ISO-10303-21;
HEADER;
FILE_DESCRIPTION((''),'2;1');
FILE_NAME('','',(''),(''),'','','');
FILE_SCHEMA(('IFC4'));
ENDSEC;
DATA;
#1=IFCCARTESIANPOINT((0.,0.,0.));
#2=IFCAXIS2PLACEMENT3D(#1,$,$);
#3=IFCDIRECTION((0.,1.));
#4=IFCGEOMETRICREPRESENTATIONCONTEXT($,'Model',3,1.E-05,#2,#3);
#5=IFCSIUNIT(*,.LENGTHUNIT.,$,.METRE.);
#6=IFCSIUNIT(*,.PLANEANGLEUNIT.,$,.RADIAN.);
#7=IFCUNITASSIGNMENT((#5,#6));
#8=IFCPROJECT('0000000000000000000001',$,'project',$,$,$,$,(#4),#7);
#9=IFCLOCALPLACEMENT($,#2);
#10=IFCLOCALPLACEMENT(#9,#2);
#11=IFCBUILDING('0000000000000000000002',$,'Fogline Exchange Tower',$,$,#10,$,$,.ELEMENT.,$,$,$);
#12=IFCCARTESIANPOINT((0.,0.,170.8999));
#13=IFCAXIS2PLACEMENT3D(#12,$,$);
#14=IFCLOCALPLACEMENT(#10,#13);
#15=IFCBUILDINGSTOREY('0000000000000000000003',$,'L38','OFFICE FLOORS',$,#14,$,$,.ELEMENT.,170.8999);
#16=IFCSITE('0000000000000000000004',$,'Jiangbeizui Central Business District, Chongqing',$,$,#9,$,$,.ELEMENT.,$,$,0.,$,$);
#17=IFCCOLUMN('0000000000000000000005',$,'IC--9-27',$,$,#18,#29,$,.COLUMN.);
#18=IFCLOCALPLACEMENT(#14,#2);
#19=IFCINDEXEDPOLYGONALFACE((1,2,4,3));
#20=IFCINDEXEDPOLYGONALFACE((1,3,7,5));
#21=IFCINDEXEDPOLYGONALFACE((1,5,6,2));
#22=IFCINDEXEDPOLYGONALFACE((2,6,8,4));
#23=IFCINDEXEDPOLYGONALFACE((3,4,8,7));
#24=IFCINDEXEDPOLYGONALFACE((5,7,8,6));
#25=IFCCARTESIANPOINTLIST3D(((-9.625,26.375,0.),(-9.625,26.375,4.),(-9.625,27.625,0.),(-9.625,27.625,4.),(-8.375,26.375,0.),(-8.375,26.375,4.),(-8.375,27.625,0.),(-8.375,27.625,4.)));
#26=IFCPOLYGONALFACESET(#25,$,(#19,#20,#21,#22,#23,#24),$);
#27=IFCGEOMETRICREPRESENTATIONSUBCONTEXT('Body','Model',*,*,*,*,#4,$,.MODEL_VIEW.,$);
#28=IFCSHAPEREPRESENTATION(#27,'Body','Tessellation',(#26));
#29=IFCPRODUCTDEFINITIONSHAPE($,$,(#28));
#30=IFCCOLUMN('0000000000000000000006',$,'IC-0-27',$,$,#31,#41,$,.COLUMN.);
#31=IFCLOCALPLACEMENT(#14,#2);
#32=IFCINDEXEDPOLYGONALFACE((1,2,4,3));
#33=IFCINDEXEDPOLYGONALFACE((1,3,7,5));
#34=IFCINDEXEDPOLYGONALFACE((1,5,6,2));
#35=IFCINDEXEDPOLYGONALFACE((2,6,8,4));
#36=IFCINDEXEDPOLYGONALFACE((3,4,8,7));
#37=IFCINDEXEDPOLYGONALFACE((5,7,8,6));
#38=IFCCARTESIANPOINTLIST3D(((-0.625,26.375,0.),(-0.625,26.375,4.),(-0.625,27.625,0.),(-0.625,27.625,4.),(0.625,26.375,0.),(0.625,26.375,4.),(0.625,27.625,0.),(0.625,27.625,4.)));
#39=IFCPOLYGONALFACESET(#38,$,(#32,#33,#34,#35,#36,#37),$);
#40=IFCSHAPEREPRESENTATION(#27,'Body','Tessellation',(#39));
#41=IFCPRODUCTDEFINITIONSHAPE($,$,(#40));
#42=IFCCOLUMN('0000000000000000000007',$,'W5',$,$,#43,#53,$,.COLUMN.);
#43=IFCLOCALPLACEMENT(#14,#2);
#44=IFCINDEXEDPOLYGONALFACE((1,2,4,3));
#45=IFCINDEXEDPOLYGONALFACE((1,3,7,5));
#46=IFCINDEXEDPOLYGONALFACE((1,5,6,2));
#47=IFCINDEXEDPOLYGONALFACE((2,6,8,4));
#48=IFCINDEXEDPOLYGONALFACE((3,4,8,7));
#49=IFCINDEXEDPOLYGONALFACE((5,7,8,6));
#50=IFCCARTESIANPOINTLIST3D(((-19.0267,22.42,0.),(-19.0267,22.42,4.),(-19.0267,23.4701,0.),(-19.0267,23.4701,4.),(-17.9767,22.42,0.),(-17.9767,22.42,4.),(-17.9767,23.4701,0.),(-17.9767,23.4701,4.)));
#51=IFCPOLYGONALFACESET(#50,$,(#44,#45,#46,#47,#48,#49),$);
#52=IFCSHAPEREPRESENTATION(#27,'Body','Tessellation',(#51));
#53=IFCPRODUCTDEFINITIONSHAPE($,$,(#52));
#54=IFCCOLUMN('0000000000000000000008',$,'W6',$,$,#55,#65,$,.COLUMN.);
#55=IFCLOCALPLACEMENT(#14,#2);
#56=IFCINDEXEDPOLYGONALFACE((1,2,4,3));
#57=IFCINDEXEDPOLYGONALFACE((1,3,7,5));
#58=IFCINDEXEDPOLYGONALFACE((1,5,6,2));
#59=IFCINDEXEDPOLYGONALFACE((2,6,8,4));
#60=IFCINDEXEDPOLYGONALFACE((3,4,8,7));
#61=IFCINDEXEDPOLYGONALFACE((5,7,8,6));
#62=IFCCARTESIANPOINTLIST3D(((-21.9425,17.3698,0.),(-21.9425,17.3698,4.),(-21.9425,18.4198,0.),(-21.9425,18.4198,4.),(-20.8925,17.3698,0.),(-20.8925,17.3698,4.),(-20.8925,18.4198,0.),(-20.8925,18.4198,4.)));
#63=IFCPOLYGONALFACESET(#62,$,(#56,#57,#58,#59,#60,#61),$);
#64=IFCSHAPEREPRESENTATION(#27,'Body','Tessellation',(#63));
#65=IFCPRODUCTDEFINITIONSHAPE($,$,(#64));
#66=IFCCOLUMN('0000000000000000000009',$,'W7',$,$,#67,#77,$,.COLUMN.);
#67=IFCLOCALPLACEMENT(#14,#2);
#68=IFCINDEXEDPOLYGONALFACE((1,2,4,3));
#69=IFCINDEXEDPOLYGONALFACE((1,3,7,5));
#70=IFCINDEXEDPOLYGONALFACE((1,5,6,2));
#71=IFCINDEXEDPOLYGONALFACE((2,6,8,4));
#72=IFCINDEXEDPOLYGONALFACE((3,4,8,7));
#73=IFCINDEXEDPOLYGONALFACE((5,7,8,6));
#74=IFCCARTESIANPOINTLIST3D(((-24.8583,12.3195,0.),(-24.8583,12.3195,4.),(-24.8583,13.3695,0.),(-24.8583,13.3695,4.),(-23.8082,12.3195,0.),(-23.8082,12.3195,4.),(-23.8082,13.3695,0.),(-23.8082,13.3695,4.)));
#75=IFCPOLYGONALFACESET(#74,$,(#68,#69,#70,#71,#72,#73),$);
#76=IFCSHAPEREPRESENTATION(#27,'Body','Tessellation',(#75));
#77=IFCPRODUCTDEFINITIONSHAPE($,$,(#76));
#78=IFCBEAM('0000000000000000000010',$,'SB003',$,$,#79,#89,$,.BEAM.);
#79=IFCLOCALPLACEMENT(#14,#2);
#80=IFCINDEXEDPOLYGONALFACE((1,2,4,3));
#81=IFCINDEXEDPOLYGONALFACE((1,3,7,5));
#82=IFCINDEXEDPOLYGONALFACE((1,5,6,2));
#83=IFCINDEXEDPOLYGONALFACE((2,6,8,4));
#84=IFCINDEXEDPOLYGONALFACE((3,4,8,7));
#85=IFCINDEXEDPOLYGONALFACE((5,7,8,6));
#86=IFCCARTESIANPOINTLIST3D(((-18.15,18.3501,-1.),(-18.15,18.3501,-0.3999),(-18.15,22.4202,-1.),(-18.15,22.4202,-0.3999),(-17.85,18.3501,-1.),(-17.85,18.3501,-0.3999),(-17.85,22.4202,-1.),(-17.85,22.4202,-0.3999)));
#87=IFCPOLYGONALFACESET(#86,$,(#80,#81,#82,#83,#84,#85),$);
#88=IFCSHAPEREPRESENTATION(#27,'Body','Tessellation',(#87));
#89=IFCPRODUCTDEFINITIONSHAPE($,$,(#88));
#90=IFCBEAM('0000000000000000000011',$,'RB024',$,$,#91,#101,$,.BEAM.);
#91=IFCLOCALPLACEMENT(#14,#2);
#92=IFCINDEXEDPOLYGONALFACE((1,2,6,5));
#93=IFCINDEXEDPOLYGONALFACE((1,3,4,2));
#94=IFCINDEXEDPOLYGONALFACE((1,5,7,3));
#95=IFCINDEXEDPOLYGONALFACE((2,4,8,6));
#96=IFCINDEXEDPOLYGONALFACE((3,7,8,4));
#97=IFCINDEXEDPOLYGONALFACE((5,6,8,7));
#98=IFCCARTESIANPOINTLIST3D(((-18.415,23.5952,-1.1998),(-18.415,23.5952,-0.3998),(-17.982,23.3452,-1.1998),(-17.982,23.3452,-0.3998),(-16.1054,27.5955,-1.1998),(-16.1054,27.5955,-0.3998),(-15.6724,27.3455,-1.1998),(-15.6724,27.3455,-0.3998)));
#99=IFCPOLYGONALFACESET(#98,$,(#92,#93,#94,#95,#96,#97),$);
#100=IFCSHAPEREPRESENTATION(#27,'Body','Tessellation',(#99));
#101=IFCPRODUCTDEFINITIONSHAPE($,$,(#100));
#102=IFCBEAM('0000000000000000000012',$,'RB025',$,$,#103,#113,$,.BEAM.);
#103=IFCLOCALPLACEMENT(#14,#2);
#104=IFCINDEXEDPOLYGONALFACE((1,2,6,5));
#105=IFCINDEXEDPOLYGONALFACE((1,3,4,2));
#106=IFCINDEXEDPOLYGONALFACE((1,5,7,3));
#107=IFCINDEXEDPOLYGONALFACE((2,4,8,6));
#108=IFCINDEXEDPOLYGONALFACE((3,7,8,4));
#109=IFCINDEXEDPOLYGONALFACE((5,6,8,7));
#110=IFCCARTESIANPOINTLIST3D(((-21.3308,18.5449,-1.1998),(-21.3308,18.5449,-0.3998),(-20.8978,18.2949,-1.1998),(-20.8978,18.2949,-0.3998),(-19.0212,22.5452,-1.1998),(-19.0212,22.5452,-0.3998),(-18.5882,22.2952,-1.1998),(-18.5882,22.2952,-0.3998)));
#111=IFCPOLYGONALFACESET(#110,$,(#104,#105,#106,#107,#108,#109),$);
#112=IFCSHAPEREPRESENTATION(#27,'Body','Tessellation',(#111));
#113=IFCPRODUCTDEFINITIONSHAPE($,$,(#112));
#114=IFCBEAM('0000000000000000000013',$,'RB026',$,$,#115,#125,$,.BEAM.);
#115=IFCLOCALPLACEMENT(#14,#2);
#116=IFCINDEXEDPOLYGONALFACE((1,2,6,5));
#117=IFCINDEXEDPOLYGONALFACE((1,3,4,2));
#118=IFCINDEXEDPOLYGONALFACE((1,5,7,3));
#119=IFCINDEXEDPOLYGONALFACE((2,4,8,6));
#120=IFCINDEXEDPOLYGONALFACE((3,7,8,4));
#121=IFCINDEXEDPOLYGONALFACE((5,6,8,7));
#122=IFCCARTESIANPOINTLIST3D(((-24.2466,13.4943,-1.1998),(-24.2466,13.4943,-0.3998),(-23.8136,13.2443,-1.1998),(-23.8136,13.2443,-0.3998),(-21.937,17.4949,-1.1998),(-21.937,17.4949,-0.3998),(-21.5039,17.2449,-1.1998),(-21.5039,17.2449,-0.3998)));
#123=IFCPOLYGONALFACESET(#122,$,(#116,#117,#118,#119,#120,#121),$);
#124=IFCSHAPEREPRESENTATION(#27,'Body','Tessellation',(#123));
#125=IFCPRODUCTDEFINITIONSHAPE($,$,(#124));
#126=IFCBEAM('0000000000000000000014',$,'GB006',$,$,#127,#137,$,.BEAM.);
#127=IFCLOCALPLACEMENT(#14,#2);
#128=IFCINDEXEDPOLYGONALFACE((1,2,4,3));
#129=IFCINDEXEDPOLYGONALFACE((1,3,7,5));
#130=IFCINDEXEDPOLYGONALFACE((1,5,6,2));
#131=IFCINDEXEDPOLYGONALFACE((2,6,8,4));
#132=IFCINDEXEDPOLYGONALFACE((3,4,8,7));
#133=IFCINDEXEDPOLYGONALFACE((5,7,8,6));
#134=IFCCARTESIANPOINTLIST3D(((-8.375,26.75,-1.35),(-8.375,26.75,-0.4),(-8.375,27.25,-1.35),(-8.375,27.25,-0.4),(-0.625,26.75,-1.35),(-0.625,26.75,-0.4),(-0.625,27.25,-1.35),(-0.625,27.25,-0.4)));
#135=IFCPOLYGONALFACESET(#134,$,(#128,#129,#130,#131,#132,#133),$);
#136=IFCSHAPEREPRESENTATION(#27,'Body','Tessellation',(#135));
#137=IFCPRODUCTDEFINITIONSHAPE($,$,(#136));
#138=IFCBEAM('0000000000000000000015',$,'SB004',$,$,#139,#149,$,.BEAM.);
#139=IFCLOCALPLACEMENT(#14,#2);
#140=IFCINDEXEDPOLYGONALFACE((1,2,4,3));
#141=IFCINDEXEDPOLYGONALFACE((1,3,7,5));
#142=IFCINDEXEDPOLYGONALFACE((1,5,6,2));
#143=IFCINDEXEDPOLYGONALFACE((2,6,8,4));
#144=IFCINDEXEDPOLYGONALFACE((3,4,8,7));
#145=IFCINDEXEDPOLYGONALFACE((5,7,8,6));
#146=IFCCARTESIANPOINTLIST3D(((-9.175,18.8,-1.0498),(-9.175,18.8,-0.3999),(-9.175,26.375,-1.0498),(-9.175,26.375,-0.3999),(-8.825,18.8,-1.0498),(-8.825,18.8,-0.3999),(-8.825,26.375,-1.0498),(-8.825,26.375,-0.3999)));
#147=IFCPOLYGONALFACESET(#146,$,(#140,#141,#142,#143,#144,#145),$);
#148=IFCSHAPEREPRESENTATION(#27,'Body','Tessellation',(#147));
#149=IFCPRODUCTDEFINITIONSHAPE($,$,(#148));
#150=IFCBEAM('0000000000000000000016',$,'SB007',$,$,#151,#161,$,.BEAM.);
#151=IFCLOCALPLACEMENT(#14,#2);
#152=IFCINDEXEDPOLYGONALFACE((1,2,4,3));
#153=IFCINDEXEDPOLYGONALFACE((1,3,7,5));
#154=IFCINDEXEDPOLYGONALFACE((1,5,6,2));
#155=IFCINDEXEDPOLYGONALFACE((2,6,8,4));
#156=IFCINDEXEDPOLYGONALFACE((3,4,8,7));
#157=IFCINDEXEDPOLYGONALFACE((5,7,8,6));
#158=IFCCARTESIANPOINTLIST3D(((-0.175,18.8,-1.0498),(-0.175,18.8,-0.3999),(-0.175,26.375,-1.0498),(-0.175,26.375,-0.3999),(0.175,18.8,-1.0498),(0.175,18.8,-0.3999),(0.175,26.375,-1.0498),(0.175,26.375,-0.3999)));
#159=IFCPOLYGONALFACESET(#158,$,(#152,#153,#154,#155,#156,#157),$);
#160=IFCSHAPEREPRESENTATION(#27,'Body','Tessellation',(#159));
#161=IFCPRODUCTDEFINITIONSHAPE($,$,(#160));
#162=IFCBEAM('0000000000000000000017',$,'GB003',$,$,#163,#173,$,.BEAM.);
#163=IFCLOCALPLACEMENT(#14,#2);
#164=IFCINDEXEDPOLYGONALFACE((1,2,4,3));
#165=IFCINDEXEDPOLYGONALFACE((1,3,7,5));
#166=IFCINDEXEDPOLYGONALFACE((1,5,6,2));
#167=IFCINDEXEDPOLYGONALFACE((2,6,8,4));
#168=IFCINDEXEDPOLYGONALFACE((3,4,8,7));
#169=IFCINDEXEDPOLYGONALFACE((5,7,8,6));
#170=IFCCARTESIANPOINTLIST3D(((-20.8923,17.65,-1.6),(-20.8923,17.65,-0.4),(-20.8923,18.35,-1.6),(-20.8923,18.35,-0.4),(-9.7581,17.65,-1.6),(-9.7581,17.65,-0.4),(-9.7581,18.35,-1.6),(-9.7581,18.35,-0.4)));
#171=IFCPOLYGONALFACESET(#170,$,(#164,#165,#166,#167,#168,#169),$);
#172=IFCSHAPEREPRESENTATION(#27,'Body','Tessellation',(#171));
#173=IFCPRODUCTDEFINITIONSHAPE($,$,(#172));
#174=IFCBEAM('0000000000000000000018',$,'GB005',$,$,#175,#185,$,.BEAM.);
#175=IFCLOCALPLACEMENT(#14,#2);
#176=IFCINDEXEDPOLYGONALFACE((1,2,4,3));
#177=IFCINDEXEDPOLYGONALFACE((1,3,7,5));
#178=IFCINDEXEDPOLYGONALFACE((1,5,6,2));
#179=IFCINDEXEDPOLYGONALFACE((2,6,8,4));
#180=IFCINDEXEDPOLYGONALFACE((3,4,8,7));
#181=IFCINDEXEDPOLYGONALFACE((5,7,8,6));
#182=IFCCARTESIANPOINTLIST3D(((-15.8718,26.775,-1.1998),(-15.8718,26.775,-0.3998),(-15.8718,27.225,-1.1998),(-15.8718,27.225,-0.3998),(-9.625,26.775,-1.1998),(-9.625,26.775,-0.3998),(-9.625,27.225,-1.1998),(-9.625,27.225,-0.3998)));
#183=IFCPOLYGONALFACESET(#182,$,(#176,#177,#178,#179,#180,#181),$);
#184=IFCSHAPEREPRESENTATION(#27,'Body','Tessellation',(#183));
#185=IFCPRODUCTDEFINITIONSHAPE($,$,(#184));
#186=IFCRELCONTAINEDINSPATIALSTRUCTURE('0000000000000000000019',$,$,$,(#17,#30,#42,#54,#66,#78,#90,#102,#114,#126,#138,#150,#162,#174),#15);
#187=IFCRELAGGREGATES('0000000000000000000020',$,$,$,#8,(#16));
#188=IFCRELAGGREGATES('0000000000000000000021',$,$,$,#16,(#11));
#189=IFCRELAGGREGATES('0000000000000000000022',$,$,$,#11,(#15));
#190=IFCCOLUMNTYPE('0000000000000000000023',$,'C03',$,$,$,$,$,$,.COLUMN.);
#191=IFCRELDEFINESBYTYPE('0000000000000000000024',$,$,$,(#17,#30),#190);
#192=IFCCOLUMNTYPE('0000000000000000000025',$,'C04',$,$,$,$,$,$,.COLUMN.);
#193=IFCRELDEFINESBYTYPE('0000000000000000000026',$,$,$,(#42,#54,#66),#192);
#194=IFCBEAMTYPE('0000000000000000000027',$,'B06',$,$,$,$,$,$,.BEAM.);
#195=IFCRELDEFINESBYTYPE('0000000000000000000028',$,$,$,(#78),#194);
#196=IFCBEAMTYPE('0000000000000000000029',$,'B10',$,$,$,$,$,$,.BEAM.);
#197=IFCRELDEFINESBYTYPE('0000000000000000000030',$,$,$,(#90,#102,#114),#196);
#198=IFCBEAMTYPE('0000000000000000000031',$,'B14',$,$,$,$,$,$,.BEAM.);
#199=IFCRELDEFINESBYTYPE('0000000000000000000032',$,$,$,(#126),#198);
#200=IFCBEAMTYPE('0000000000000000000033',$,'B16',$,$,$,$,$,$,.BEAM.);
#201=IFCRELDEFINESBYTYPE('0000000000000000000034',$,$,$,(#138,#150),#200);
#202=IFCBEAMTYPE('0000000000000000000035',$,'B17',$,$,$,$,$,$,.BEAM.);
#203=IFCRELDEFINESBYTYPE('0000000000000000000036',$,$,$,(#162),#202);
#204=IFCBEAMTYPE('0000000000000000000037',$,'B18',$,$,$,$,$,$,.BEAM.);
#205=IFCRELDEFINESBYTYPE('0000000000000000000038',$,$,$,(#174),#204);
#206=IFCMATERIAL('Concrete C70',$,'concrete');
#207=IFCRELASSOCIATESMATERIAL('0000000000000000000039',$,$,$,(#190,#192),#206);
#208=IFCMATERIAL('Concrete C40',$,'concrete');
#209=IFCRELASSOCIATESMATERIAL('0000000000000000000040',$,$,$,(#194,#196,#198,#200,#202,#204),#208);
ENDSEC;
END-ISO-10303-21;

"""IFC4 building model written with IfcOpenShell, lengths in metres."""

from ifc_helpers import new_model, si_unit, direction, frame, origin, origin_2d, place, context, subcontext, project, spatial, rectangle, extrude, material, material_profile, profile_set, type_object, element, save


model = new_model("IFC4")

# Units and contexts
model_context = context("Model", 3, precision=1e-05, world=origin(), true_north=direction((0.0, 1.0)))
body_context = subcontext(model_context, "Body", "Model", "MODEL_VIEW")
ifc_project = project(units=[si_unit("LENGTHUNIT", "METRE"), si_unit("PLANEANGLEUNIT", "RADIAN")], contexts=[model_context])

# Site, building, storey
site_placement = place(None, origin())
site = spatial("IfcSite", under=ifc_project, at=site_placement, Name="Jiangbeizui Central Business District, Chongqing", CompositionType="ELEMENT", RefElevation=0.0)
building_placement = place(site_placement, origin())
building = spatial("IfcBuilding", under=site, at=building_placement, Name="Fogline Exchange Tower", CompositionType="ELEMENT")
storey_placement = place(building_placement, frame((0.0, 0.0, 170.8999)))
storey = spatial("IfcBuildingStorey", under=building, at=storey_placement, Name="L38", Description="OFFICE FLOORS", CompositionType="ELEMENT", Elevation=170.8999)

# Columns
ifc_material_1 = material(Name="Concrete C70", Category="concrete")
ifc_material_profile_1 = material_profile(ifc_material_1, rectangle(XDim=1.25, YDim=1.25, at=origin_2d()), Name="RC 1250x1250")
ifc_profile_set_1 = profile_set([ifc_material_profile_1], Name="Concrete C70")
column_type_1 = type_object("IfcColumnType", Name="C03", PredefinedType="COLUMN", material=ifc_profile_set_1)
for number, where, z_axis, x_axis, name in (
    (1, (-9.0, 27.0, 0.0), (0.0, 0.0, 1.0), (1.0, 0.0, 0.0), "IC--9-27"),
    (2, (0.0, 27.0, 0.0), (0.0, 0.0, 1.0), (1.0, 0.0, 0.0), "IC-0-27"),
):
    element("IfcColumn", number, at=place(storey_placement, frame(where, z_axis=z_axis, x_axis=x_axis)), inside=storey, type_object=column_type_1, Name=name, PredefinedType="COLUMN", context=body_context, shape_type="SweptSolid", body=[
        extrude(rectangle(XDim=1.25, YDim=1.25, at=origin_2d()), origin(), (0.0, 0.0, 1.0), 4.0),
    ])
ifc_material_profile_2 = material_profile(ifc_material_1, rectangle(XDim=1.05, YDim=1.05, at=origin_2d()), Name="RC 1050x1050")
ifc_profile_set_2 = profile_set([ifc_material_profile_2], Name="Concrete C70")
column_type_2 = type_object("IfcColumnType", Name="C04", PredefinedType="COLUMN", material=ifc_profile_set_2)
for number, where, z_axis, x_axis, name in (
    (3, (-18.5017, 22.9451, 0.0), (0.0, 0.0, 1.0), (1.0, 0.0, 0.0), "W5"),
    (4, (-21.4175, 17.8948, 0.0), (0.0, 0.0, 1.0), (1.0, 0.0, 0.0), "W6"),
    (5, (-24.3333, 12.8445, 0.0), (0.0, 0.0, 1.0), (1.0, 0.0, 0.0), "W7"),
):
    element("IfcColumn", number, at=place(storey_placement, frame(where, z_axis=z_axis, x_axis=x_axis)), inside=storey, type_object=column_type_2, Name=name, PredefinedType="COLUMN", context=body_context, shape_type="SweptSolid", body=[
        extrude(rectangle(XDim=1.05, YDim=1.05, at=origin_2d()), origin(), (0.0, 0.0, 1.0), 4.0),
    ])

# Beams
ifc_material_2 = material(Name="Concrete C40", Category="concrete")
ifc_material_profile_3 = material_profile(ifc_material_2, rectangle(XDim=0.3, YDim=0.6001, at=origin_2d()), Name="RC 300x600")
ifc_profile_set_3 = profile_set([ifc_material_profile_3], Name="Concrete C40")
beam_type_1 = type_object("IfcBeamType", Name="B06", PredefinedType="BEAM", material=ifc_profile_set_3)
beam_1_placement = place(storey_placement, frame((-18.0, 18.3501, -0.7), z_axis=(0.0, 1.0, 0.0), x_axis=(-1.0, 0.0, 0.0)))
element("IfcBeam", 6, at=beam_1_placement, inside=storey, type_object=beam_type_1, Name="SB003", PredefinedType="BEAM", context=body_context, shape_type="SweptSolid", body=[
    extrude(rectangle(XDim=0.3, YDim=0.6001, at=origin_2d()), origin(), (0.0, 0.0, 1.0), 4.0701),
])
ifc_material_profile_4 = material_profile(ifc_material_2, rectangle(XDim=0.5, YDim=0.8, at=origin_2d()), Name="RC 500x800")
ifc_profile_set_4 = profile_set([ifc_material_profile_4], Name="Concrete C40")
beam_type_2 = type_object("IfcBeamType", Name="B10", PredefinedType="BEAM", material=ifc_profile_set_4)
for number, where, z_axis, x_axis, name in (
    (7, (-15.8889, 27.4705, -0.7998), (-0.500005, -0.866023, 0.0), (0.866023, -0.500005, 0.0), "RB024"),
    (8, (-18.8047, 22.4202, -0.7998), (-0.500005, -0.866023, 0.0), (0.866023, -0.500005, 0.0), "RB025"),
):
    element("IfcBeam", number, at=place(storey_placement, frame(where, z_axis=z_axis, x_axis=x_axis)), inside=storey, type_object=beam_type_2, Name=name, PredefinedType="BEAM", context=body_context, shape_type="SweptSolid", body=[
        extrude(rectangle(XDim=0.5, YDim=0.8, at=origin_2d()), origin(), (0.0, 0.0, 1.0), 4.6191),
    ])
beam_2_placement = place(storey_placement, frame((-21.7205, 17.3699, -0.7998), z_axis=(-0.499982, -0.866036, 0.0), x_axis=(0.866036, -0.499982, 0.0)))
element("IfcBeam", 9, at=beam_2_placement, inside=storey, type_object=beam_type_2, Name="RB026", PredefinedType="BEAM", context=body_context, shape_type="SweptSolid", body=[
    extrude(rectangle(XDim=0.5, YDim=0.8, at=origin_2d()), origin(), (0.0, 0.0, 1.0), 4.6194),
])
ifc_material_profile_5 = material_profile(ifc_material_2, rectangle(XDim=0.5, YDim=0.95, at=origin_2d()), Name="RC 500x950")
ifc_profile_set_5 = profile_set([ifc_material_profile_5], Name="Concrete C40")
beam_type_3 = type_object("IfcBeamType", Name="B14", PredefinedType="BEAM", material=ifc_profile_set_5)
beam_3_placement = place(storey_placement, frame((-8.375, 27.0, -0.875), z_axis=(1.0, 0.0, 0.0), x_axis=(0.0, 1.0, 0.0)))
element("IfcBeam", 10, at=beam_3_placement, inside=storey, type_object=beam_type_3, Name="GB006", PredefinedType="BEAM", context=body_context, shape_type="SweptSolid", body=[
    extrude(rectangle(XDim=0.5, YDim=0.95, at=origin_2d()), origin(), (0.0, 0.0, 1.0), 7.75),
])
ifc_material_profile_6 = material_profile(ifc_material_2, rectangle(XDim=0.3501, YDim=0.6499, at=origin_2d()), Name="RC 350x650")
ifc_profile_set_6 = profile_set([ifc_material_profile_6], Name="Concrete C40")
beam_type_4 = type_object("IfcBeamType", Name="B16", PredefinedType="BEAM", material=ifc_profile_set_6)
for number, where, z_axis, x_axis, name in (
    (11, (-9.0, 18.8, -0.7249), (0.0, 1.0, 0.0), (-1.0, 0.0, 0.0), "SB004"),
    (12, (0.0, 18.8, -0.7249), (0.0, 1.0, 0.0), (-1.0, 0.0, 0.0), "SB007"),
):
    element("IfcBeam", number, at=place(storey_placement, frame(where, z_axis=z_axis, x_axis=x_axis)), inside=storey, type_object=beam_type_4, Name=name, PredefinedType="BEAM", context=body_context, shape_type="SweptSolid", body=[
        extrude(rectangle(XDim=0.3501, YDim=0.6499, at=origin_2d()), origin(), (0.0, 0.0, 1.0), 7.575),
    ])
ifc_material_profile_7 = material_profile(ifc_material_2, rectangle(XDim=0.7, YDim=1.2, at=origin_2d()), Name="RC 700x1200")
ifc_profile_set_7 = profile_set([ifc_material_profile_7], Name="Concrete C40")
beam_type_5 = type_object("IfcBeamType", Name="B17", PredefinedType="BEAM", material=ifc_profile_set_7)
beam_4_placement = place(storey_placement, frame((-20.8923, 18.0, -1.0), z_axis=(1.0, 0.0, 0.0), x_axis=(0.0, 1.0, 0.0)))
element("IfcBeam", 13, at=beam_4_placement, inside=storey, type_object=beam_type_5, Name="GB003", PredefinedType="BEAM", context=body_context, shape_type="SweptSolid", body=[
    extrude(rectangle(XDim=0.7, YDim=1.2, at=origin_2d()), origin(), (0.0, 0.0, 1.0), 11.1343),
])
ifc_material_profile_8 = material_profile(ifc_material_2, rectangle(XDim=0.45, YDim=0.8, at=origin_2d()), Name="RC 450x800")
ifc_profile_set_8 = profile_set([ifc_material_profile_8], Name="Concrete C40")
beam_type_6 = type_object("IfcBeamType", Name="B18", PredefinedType="BEAM", material=ifc_profile_set_8)
beam_5_placement = place(storey_placement, frame((-15.8718, 27.0, -0.7998), z_axis=(1.0, 0.0, 0.0), x_axis=(0.0, 1.0, 0.0)))
element("IfcBeam", 14, at=beam_5_placement, inside=storey, type_object=beam_type_6, Name="GB005", PredefinedType="BEAM", context=body_context, shape_type="SweptSolid", body=[
    extrude(rectangle(XDim=0.45, YDim=0.8, at=origin_2d()), origin(), (0.0, 0.0, 1.0), 6.2468),
])

save(model, "model.ifc")
